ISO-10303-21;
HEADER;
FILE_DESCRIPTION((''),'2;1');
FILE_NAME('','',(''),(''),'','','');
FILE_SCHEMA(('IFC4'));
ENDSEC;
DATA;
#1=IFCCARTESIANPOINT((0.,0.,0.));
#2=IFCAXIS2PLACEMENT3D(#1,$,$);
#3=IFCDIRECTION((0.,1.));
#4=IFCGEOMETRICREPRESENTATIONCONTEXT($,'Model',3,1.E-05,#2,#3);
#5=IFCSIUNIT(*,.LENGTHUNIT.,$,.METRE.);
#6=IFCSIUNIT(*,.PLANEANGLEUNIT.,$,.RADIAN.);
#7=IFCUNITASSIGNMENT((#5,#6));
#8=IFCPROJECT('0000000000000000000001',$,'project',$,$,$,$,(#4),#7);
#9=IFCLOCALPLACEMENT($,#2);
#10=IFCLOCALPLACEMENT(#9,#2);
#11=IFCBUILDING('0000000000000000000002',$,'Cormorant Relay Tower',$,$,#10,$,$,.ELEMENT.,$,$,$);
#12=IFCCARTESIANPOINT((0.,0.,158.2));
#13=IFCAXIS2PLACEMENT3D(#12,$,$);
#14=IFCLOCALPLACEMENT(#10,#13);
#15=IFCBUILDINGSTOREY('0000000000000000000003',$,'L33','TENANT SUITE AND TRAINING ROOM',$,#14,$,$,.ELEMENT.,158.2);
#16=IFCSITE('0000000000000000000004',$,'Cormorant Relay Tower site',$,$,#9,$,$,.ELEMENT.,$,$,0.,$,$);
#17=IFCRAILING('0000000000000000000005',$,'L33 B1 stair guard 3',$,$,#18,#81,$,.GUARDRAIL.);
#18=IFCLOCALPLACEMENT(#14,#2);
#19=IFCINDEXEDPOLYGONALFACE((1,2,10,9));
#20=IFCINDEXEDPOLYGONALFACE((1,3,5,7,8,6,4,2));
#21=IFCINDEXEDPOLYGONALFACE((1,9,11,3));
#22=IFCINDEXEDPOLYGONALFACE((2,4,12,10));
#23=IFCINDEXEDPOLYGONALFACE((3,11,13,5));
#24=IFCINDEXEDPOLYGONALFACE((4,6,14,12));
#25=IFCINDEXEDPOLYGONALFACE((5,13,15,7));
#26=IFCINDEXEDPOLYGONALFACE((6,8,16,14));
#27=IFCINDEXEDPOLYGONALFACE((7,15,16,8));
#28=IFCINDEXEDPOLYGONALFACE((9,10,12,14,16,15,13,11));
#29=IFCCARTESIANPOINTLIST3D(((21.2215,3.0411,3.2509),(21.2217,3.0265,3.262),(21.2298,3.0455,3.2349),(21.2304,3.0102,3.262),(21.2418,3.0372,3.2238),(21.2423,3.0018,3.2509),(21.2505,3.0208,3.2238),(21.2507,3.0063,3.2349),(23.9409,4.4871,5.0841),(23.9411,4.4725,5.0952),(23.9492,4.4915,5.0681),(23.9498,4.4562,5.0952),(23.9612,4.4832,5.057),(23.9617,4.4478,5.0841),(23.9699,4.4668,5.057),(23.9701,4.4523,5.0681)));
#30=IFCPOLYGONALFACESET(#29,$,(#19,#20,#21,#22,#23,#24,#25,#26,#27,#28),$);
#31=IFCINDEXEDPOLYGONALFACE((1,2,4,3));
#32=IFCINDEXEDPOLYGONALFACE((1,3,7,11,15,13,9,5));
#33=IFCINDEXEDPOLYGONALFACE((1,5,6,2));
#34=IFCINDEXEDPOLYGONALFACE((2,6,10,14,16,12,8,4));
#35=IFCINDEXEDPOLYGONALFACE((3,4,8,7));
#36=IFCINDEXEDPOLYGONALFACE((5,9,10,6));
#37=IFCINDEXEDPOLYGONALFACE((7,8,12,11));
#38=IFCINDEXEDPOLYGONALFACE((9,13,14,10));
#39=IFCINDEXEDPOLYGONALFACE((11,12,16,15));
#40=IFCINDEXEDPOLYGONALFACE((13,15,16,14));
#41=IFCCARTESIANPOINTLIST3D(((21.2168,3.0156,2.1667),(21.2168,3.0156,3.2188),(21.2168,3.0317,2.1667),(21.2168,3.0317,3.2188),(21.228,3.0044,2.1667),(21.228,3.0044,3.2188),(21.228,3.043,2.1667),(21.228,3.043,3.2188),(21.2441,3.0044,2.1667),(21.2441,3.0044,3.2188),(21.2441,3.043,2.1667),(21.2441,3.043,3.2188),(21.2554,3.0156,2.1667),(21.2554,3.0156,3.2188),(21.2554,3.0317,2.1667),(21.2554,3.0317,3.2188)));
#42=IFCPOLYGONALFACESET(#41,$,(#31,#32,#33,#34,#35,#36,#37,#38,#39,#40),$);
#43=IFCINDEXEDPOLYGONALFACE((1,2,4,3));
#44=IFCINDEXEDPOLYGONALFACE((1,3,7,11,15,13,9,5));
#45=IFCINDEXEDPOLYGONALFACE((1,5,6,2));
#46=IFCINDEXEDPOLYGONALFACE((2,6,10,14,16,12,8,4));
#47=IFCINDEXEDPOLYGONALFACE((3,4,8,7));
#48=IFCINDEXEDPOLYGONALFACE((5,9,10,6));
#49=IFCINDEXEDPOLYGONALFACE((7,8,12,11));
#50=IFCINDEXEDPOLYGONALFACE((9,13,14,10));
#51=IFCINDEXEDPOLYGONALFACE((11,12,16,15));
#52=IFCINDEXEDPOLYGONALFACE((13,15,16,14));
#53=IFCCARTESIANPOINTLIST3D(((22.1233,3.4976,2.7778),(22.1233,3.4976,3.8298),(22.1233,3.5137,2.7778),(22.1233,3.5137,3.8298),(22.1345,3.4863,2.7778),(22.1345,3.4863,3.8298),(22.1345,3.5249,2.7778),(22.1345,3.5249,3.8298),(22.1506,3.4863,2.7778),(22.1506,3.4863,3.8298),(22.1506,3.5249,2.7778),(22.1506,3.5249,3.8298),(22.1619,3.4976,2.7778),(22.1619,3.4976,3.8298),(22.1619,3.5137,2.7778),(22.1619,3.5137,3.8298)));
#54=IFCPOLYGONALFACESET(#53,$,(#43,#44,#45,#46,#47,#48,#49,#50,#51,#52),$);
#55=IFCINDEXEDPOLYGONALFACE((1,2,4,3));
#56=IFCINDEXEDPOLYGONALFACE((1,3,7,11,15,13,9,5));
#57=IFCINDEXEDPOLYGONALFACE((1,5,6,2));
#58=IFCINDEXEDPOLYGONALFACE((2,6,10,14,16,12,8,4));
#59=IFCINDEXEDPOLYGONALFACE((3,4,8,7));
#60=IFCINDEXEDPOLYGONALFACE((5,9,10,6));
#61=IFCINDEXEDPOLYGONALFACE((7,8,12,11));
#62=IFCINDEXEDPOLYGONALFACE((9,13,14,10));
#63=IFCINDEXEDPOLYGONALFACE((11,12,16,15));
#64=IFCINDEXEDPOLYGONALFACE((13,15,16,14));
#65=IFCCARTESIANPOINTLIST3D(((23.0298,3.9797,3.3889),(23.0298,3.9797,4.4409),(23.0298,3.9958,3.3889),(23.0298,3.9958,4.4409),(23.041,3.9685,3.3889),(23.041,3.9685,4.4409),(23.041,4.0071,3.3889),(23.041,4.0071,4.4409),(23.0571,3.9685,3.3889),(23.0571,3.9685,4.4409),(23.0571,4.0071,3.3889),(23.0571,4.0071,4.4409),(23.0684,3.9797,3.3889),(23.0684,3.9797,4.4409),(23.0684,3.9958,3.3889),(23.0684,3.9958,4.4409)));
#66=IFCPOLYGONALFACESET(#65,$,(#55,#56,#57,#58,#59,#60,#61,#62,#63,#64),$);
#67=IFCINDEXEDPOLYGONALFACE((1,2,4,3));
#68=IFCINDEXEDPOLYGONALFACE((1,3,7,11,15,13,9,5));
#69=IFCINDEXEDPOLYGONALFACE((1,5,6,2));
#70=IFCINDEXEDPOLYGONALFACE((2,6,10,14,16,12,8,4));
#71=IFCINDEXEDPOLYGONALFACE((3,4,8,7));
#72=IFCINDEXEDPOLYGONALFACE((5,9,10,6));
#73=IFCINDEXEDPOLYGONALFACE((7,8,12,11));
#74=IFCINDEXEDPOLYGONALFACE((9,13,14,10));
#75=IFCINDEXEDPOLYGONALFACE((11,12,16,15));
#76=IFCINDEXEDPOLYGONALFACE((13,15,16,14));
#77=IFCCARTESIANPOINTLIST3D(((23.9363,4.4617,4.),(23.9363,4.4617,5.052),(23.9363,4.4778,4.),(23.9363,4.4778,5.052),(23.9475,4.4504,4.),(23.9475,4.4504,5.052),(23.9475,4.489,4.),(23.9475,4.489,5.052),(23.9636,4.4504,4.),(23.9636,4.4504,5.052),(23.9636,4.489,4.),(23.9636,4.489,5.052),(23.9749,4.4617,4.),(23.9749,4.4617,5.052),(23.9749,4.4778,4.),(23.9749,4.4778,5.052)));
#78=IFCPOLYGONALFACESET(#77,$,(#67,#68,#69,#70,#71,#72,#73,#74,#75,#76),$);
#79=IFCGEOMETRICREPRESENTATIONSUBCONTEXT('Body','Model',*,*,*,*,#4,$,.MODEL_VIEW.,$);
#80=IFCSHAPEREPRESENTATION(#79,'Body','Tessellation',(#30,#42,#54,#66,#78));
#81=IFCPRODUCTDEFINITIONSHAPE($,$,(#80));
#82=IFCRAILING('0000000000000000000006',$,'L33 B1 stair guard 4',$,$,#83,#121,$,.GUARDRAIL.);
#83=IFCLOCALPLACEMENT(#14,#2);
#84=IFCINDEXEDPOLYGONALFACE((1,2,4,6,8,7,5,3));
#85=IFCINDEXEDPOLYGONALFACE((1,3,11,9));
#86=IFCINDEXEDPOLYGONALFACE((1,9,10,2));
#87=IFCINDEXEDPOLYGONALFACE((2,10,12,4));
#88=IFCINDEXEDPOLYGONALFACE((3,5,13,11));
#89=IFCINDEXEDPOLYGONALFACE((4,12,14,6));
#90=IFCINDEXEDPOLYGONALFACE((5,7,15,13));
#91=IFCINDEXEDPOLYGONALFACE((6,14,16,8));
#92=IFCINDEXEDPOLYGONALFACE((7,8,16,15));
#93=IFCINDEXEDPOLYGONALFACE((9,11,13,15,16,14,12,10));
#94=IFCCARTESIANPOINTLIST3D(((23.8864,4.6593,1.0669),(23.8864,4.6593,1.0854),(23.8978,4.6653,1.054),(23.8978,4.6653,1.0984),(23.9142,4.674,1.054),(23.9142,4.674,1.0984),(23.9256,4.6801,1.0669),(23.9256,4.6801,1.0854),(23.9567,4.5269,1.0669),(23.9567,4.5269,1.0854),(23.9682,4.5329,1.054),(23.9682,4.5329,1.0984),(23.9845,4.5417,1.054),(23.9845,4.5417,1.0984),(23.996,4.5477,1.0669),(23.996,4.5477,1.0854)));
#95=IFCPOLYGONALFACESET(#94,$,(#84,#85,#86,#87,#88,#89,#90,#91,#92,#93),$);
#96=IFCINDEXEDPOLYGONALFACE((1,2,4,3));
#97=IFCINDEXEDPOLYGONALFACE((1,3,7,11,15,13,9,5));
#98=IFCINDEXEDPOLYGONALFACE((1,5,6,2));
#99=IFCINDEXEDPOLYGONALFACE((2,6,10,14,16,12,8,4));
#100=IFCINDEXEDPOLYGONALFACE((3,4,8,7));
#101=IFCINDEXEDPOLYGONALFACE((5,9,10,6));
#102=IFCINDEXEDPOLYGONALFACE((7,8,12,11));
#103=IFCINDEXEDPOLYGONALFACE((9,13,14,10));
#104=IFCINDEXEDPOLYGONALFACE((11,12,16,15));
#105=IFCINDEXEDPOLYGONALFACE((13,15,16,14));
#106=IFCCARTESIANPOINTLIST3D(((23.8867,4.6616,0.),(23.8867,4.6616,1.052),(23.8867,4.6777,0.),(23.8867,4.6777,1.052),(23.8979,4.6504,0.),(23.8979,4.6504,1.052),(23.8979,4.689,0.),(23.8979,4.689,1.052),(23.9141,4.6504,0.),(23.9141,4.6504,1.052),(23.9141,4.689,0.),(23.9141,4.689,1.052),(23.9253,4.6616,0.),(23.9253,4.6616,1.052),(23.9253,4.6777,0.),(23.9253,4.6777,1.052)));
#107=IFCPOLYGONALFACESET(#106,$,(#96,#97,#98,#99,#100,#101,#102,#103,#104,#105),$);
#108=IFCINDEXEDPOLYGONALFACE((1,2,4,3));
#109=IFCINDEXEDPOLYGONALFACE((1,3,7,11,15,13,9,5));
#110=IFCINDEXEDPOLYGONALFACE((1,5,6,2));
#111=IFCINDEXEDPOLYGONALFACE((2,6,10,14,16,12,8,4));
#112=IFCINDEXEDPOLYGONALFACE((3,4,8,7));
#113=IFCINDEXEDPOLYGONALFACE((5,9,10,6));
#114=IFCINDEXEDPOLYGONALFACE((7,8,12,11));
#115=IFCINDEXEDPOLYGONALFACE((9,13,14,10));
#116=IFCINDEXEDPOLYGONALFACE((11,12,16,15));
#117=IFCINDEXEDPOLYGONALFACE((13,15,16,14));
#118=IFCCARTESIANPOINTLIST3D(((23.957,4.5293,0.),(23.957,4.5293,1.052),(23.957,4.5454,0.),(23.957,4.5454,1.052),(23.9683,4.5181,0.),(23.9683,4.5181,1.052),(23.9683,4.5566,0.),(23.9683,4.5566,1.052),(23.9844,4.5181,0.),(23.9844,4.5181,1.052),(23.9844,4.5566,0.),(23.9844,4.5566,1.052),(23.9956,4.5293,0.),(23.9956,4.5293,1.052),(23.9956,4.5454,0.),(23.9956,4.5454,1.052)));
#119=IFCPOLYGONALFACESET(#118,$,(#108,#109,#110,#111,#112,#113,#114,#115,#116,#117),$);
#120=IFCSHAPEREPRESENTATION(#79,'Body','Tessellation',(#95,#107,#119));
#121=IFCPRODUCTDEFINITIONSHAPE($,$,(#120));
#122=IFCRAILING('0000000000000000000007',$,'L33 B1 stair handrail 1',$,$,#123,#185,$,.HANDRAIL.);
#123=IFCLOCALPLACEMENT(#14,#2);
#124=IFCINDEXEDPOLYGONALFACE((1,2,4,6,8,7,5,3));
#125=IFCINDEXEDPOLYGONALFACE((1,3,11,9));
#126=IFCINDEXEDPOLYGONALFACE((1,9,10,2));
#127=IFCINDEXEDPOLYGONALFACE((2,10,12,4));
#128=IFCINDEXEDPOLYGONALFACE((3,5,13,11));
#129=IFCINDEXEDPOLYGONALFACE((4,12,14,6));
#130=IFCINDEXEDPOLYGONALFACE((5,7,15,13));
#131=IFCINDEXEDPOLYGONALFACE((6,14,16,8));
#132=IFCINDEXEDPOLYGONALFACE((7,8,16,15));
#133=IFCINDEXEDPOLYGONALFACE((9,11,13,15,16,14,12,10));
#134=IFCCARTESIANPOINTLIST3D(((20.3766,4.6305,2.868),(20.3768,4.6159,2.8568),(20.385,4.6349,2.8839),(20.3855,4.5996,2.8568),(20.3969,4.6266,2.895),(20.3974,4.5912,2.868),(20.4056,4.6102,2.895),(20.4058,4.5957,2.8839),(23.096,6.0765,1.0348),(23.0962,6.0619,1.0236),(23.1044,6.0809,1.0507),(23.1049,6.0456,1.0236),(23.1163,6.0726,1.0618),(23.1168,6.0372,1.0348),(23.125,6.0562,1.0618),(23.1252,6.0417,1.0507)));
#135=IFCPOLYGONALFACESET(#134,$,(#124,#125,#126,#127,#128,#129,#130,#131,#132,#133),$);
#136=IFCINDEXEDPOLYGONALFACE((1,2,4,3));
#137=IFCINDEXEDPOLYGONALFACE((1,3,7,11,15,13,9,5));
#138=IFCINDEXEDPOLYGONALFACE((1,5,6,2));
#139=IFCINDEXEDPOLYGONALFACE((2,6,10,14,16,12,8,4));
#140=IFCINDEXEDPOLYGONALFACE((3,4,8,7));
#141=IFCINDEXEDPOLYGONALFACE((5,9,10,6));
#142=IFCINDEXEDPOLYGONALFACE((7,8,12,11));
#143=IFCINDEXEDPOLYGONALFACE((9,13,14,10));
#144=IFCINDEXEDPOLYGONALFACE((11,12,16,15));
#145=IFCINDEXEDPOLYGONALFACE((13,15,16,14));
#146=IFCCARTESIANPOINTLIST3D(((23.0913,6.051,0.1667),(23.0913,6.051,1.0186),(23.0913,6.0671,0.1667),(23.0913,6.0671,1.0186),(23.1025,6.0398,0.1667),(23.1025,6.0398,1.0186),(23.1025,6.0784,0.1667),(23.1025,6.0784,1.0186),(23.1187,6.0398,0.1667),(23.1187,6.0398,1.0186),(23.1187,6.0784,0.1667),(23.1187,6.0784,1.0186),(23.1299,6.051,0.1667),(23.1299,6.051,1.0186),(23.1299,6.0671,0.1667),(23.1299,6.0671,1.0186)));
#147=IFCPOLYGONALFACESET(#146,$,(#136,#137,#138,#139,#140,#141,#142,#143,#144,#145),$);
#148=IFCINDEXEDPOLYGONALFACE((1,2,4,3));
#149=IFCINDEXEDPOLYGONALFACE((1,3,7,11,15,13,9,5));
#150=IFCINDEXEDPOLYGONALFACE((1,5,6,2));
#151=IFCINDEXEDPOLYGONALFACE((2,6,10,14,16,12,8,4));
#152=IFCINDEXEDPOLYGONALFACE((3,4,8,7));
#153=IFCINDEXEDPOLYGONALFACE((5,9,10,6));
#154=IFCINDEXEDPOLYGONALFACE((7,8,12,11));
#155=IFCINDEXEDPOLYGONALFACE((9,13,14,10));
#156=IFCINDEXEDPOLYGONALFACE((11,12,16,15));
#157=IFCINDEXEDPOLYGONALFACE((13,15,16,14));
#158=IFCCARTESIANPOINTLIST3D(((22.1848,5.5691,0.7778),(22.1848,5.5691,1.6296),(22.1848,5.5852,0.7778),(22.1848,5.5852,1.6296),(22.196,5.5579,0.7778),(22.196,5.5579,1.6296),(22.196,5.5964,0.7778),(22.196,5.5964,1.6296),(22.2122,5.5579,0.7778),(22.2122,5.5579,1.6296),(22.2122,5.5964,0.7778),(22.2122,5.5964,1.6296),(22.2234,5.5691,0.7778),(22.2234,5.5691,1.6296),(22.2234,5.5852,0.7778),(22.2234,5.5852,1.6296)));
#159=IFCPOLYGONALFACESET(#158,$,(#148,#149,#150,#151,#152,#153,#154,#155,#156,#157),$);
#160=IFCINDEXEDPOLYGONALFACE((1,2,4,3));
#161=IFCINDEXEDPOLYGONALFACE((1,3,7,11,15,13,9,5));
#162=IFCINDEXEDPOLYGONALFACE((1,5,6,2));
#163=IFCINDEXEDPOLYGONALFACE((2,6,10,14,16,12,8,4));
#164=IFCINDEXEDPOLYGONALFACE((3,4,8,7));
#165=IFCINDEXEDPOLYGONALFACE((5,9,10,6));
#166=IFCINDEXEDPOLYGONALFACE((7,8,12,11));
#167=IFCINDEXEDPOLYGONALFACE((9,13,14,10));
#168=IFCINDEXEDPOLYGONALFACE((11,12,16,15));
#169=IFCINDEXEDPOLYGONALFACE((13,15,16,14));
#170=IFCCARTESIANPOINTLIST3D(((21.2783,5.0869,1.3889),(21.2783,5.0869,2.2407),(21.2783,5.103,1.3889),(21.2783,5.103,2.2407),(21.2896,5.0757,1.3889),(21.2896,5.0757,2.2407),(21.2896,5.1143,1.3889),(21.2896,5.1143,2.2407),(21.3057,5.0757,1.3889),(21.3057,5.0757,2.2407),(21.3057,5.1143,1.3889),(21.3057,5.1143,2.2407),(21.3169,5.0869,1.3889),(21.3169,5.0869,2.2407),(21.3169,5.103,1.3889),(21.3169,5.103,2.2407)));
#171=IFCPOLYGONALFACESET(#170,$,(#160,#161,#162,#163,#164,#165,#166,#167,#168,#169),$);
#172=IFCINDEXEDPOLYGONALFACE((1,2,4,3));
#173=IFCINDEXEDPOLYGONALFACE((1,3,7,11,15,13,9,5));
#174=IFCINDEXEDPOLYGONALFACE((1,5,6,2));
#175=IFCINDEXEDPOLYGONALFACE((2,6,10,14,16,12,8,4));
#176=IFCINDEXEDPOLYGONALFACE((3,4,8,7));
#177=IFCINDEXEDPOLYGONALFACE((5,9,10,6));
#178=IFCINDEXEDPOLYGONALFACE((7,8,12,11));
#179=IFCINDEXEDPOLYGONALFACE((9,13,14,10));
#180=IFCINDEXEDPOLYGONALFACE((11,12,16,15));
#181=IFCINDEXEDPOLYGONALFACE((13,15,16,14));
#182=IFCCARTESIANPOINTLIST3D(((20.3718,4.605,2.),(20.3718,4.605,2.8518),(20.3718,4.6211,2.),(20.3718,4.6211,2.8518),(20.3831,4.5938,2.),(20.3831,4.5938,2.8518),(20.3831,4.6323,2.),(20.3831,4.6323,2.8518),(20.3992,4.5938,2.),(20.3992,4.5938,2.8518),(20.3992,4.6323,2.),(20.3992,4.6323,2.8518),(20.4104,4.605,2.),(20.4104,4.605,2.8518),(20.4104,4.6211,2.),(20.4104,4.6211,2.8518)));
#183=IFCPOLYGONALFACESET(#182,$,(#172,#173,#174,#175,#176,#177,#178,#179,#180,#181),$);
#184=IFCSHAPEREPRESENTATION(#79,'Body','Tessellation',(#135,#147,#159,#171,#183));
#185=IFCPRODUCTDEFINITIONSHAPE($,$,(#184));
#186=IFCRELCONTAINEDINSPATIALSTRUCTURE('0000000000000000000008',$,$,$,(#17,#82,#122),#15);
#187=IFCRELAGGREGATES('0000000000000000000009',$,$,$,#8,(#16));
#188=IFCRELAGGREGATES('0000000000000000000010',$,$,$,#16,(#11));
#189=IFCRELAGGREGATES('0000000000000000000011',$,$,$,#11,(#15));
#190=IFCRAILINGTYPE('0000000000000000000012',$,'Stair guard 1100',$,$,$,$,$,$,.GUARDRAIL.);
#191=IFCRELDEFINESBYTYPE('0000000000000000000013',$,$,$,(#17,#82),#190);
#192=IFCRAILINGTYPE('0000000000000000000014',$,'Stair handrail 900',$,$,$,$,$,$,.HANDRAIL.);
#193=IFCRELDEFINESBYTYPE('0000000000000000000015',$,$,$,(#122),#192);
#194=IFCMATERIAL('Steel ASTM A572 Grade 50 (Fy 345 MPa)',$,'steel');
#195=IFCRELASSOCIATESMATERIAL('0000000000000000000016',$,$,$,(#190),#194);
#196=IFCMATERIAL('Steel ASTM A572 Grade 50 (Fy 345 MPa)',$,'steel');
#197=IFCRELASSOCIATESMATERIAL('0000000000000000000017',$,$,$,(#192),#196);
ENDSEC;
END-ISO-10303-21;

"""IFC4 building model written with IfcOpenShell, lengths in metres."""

from ifc_helpers import new_model, si_unit, direction, frame, origin, place, context, subcontext, project, spatial, polyline, outline, extrude, material, type_object, element, save


model = new_model("IFC4")

# Units and contexts
model_context = context("Model", 3, precision=1e-05, world=origin(), true_north=direction((0.0, 1.0)))
body_context = subcontext(model_context, "Body", "Model", "MODEL_VIEW")
ifc_project = project(units=[si_unit("LENGTHUNIT", "METRE"), si_unit("PLANEANGLEUNIT", "RADIAN")], contexts=[model_context])

# Site, building, storey
site_placement = place(None, origin())
site = spatial("IfcSite", under=ifc_project, at=site_placement, Name="Cormorant Relay Tower site", CompositionType="ELEMENT", RefElevation=0.0)
building_placement = place(site_placement, origin())
building = spatial("IfcBuilding", under=site, at=building_placement, Name="Cormorant Relay Tower", CompositionType="ELEMENT")
storey_placement = place(building_placement, frame((0.0, 0.0, 158.2)))
storey = spatial("IfcBuildingStorey", under=building, at=storey_placement, Name="L33", Description="TENANT SUITE AND TRAINING ROOM", CompositionType="ELEMENT", Elevation=158.2)

# Railings
ifc_material_1 = material(Name="Steel ASTM A572 Grade 50 (Fy 345 MPa)", Category="steel")
railing_type_1 = type_object("IfcRailingType", Name="Stair guard 1100", PredefinedType="GUARDRAIL", material=ifc_material_1)
railing_1_placement = place(storey_placement, frame((21.2361, 3.0237, 2.1667)))
element("IfcRailing", 1, at=railing_1_placement, inside=storey, type_object=railing_type_1, Name="L33 B1 stair guard 3", PredefinedType="GUARDRAIL", context=body_context, shape_type="SweptSolid", body=[
    extrude(outline(polyline([(0.0222, 0.0093), (0.0093, 0.0222), (-0.0093, 0.0222), (-0.0222, 0.0093), (-0.0222, -0.0093), (-0.0093, -0.0222), (0.0093, -0.0222), (0.0222, -0.0093), (0.0222, 0.0093)])), frame((0.0, 0.0, 1.0762), z_axis=(0.758714, 0.403435, 0.511463), x_axis=(-0.469489, 0.882938, 0.0)), (0.0, 0.0, 1.0), 3.5842),
    extrude(outline(polyline([(0.0193, 0.0081), (0.0081, 0.0193), (-0.0081, 0.0193), (-0.0193, 0.0081), (-0.0193, -0.0081), (-0.0081, -0.0193), (0.0081, -0.0193), (0.0193, -0.0081), (0.0193, 0.0081)])), origin(), (0.0, 0.0, 1.0), 1.052),
    extrude(outline(polyline([(0.0193, 0.0081), (0.0081, 0.0193), (-0.0081, 0.0193), (-0.0193, 0.0081), (-0.0193, -0.0081), (-0.0081, -0.0193), (0.0081, -0.0193), (0.0193, -0.0081), (0.0193, 0.0081)])), frame((0.9065, 0.4819, 0.6111)), (0.0, 0.0, 1.0), 1.052),
    extrude(outline(polyline([(0.0193, 0.0081), (0.0081, 0.0193), (-0.0081, 0.0193), (-0.0193, 0.0081), (-0.0193, -0.0081), (-0.0081, -0.0193), (0.0081, -0.0193), (0.0193, -0.0081), (0.0193, 0.0081)])), frame((1.813, 0.9641, 1.2222)), (0.0, 0.0, 1.0), 1.052),
    extrude(outline(polyline([(0.0193, 0.0081), (0.0081, 0.0193), (-0.0081, 0.0193), (-0.0193, 0.0081), (-0.0193, -0.0081), (-0.0081, -0.0193), (0.0081, -0.0193), (0.0193, -0.0081), (0.0193, 0.0081)])), frame((2.7195, 1.446, 1.8333)), (0.0, 0.0, 1.0), 1.052),
])
railing_2_placement = place(storey_placement, frame((23.906, 4.6697, 0.0)))
element("IfcRailing", 2, at=railing_2_placement, inside=storey, type_object=railing_type_1, Name="L33 B1 stair guard 4", PredefinedType="GUARDRAIL", context=body_context, shape_type="SweptSolid", body=[
    extrude(outline(polyline([(0.0222, 0.0093), (0.0093, 0.0222), (-0.0093, 0.0222), (-0.0222, 0.0093), (-0.0222, -0.0093), (-0.0093, -0.0222), (0.0093, -0.0222), (0.0222, -0.0093), (0.0222, 0.0093)])), frame((0.0, 0.0, 1.0762), z_axis=(0.469235, -0.883074, 0.0), x_axis=(0.883074, 0.469235, 0.0)), (0.0, 0.0, 1.0), 0.1499),
    extrude(outline(polyline([(0.0193, 0.0081), (0.0081, 0.0193), (-0.0081, 0.0193), (-0.0193, 0.0081), (-0.0193, -0.0081), (-0.0081, -0.0193), (0.0081, -0.0193), (0.0193, -0.0081), (0.0193, 0.0081)])), origin(), (0.0, 0.0, 1.0), 1.052),
    extrude(outline(polyline([(0.0193, 0.0081), (0.0081, 0.0193), (-0.0081, 0.0193), (-0.0193, 0.0081), (-0.0193, -0.0081), (-0.0081, -0.0193), (0.0081, -0.0193), (0.0193, -0.0081), (0.0193, 0.0081)])), frame((0.0703, -0.1323, 0.0)), (0.0, 0.0, 1.0), 1.052),
])
ifc_material_2 = material(Name="Steel ASTM A572 Grade 50 (Fy 345 MPa)", Category="steel")
railing_type_2 = type_object("IfcRailingType", Name="Stair handrail 900", PredefinedType="HANDRAIL", material=ifc_material_2)
railing_3_placement = place(storey_placement, frame((23.1106, 6.0591, 0.1667)))
element("IfcRailing", 3, at=railing_3_placement, inside=storey, type_object=railing_type_2, Name="L33 B1 stair handrail 1", PredefinedType="HANDRAIL", context=body_context, shape_type="SweptSolid", body=[
    extrude(outline(polyline([(0.0222, 0.0093), (0.0093, 0.0222), (-0.0093, 0.0222), (-0.0222, 0.0093), (-0.0222, -0.0093), (-0.0093, -0.0222), (0.0093, -0.0222), (0.0222, -0.0093), (0.0222, 0.0093)])), frame((0.0, 0.0, 0.876), z_axis=(-0.758714, -0.403435, 0.511463), x_axis=(0.469489, -0.882938, 0.0)), (0.0, 0.0, 1.0), 3.5842),
    extrude(outline(polyline([(0.0193, 0.0081), (0.0081, 0.0193), (-0.0081, 0.0193), (-0.0193, 0.0081), (-0.0193, -0.0081), (-0.0081, -0.0193), (0.0081, -0.0193), (0.0193, -0.0081), (0.0193, 0.0081)])), origin(), (0.0, 0.0, 1.0), 0.8518),
    extrude(outline(polyline([(0.0193, 0.0081), (0.0081, 0.0193), (-0.0081, 0.0193), (-0.0193, 0.0081), (-0.0193, -0.0081), (-0.0081, -0.0193), (0.0081, -0.0193), (0.0193, -0.0081), (0.0193, 0.0081)])), frame((-0.9065, -0.4819, 0.6111)), (0.0, 0.0, 1.0), 0.8518),
    extrude(outline(polyline([(0.0193, 0.0081), (0.0081, 0.0193), (-0.0081, 0.0193), (-0.0193, 0.0081), (-0.0193, -0.0081), (-0.0081, -0.0193), (0.0081, -0.0193), (0.0193, -0.0081), (0.0193, 0.0081)])), frame((-1.813, -0.9641, 1.2222)), (0.0, 0.0, 1.0), 0.8518),
    extrude(outline(polyline([(0.0193, 0.0081), (0.0081, 0.0193), (-0.0081, 0.0193), (-0.0193, 0.0081), (-0.0193, -0.0081), (-0.0081, -0.0193), (0.0081, -0.0193), (0.0193, -0.0081), (0.0193, 0.0081)])), frame((-2.7195, -1.446, 1.8333)), (0.0, 0.0, 1.0), 0.8518),
])

save(model, "model.ifc")
